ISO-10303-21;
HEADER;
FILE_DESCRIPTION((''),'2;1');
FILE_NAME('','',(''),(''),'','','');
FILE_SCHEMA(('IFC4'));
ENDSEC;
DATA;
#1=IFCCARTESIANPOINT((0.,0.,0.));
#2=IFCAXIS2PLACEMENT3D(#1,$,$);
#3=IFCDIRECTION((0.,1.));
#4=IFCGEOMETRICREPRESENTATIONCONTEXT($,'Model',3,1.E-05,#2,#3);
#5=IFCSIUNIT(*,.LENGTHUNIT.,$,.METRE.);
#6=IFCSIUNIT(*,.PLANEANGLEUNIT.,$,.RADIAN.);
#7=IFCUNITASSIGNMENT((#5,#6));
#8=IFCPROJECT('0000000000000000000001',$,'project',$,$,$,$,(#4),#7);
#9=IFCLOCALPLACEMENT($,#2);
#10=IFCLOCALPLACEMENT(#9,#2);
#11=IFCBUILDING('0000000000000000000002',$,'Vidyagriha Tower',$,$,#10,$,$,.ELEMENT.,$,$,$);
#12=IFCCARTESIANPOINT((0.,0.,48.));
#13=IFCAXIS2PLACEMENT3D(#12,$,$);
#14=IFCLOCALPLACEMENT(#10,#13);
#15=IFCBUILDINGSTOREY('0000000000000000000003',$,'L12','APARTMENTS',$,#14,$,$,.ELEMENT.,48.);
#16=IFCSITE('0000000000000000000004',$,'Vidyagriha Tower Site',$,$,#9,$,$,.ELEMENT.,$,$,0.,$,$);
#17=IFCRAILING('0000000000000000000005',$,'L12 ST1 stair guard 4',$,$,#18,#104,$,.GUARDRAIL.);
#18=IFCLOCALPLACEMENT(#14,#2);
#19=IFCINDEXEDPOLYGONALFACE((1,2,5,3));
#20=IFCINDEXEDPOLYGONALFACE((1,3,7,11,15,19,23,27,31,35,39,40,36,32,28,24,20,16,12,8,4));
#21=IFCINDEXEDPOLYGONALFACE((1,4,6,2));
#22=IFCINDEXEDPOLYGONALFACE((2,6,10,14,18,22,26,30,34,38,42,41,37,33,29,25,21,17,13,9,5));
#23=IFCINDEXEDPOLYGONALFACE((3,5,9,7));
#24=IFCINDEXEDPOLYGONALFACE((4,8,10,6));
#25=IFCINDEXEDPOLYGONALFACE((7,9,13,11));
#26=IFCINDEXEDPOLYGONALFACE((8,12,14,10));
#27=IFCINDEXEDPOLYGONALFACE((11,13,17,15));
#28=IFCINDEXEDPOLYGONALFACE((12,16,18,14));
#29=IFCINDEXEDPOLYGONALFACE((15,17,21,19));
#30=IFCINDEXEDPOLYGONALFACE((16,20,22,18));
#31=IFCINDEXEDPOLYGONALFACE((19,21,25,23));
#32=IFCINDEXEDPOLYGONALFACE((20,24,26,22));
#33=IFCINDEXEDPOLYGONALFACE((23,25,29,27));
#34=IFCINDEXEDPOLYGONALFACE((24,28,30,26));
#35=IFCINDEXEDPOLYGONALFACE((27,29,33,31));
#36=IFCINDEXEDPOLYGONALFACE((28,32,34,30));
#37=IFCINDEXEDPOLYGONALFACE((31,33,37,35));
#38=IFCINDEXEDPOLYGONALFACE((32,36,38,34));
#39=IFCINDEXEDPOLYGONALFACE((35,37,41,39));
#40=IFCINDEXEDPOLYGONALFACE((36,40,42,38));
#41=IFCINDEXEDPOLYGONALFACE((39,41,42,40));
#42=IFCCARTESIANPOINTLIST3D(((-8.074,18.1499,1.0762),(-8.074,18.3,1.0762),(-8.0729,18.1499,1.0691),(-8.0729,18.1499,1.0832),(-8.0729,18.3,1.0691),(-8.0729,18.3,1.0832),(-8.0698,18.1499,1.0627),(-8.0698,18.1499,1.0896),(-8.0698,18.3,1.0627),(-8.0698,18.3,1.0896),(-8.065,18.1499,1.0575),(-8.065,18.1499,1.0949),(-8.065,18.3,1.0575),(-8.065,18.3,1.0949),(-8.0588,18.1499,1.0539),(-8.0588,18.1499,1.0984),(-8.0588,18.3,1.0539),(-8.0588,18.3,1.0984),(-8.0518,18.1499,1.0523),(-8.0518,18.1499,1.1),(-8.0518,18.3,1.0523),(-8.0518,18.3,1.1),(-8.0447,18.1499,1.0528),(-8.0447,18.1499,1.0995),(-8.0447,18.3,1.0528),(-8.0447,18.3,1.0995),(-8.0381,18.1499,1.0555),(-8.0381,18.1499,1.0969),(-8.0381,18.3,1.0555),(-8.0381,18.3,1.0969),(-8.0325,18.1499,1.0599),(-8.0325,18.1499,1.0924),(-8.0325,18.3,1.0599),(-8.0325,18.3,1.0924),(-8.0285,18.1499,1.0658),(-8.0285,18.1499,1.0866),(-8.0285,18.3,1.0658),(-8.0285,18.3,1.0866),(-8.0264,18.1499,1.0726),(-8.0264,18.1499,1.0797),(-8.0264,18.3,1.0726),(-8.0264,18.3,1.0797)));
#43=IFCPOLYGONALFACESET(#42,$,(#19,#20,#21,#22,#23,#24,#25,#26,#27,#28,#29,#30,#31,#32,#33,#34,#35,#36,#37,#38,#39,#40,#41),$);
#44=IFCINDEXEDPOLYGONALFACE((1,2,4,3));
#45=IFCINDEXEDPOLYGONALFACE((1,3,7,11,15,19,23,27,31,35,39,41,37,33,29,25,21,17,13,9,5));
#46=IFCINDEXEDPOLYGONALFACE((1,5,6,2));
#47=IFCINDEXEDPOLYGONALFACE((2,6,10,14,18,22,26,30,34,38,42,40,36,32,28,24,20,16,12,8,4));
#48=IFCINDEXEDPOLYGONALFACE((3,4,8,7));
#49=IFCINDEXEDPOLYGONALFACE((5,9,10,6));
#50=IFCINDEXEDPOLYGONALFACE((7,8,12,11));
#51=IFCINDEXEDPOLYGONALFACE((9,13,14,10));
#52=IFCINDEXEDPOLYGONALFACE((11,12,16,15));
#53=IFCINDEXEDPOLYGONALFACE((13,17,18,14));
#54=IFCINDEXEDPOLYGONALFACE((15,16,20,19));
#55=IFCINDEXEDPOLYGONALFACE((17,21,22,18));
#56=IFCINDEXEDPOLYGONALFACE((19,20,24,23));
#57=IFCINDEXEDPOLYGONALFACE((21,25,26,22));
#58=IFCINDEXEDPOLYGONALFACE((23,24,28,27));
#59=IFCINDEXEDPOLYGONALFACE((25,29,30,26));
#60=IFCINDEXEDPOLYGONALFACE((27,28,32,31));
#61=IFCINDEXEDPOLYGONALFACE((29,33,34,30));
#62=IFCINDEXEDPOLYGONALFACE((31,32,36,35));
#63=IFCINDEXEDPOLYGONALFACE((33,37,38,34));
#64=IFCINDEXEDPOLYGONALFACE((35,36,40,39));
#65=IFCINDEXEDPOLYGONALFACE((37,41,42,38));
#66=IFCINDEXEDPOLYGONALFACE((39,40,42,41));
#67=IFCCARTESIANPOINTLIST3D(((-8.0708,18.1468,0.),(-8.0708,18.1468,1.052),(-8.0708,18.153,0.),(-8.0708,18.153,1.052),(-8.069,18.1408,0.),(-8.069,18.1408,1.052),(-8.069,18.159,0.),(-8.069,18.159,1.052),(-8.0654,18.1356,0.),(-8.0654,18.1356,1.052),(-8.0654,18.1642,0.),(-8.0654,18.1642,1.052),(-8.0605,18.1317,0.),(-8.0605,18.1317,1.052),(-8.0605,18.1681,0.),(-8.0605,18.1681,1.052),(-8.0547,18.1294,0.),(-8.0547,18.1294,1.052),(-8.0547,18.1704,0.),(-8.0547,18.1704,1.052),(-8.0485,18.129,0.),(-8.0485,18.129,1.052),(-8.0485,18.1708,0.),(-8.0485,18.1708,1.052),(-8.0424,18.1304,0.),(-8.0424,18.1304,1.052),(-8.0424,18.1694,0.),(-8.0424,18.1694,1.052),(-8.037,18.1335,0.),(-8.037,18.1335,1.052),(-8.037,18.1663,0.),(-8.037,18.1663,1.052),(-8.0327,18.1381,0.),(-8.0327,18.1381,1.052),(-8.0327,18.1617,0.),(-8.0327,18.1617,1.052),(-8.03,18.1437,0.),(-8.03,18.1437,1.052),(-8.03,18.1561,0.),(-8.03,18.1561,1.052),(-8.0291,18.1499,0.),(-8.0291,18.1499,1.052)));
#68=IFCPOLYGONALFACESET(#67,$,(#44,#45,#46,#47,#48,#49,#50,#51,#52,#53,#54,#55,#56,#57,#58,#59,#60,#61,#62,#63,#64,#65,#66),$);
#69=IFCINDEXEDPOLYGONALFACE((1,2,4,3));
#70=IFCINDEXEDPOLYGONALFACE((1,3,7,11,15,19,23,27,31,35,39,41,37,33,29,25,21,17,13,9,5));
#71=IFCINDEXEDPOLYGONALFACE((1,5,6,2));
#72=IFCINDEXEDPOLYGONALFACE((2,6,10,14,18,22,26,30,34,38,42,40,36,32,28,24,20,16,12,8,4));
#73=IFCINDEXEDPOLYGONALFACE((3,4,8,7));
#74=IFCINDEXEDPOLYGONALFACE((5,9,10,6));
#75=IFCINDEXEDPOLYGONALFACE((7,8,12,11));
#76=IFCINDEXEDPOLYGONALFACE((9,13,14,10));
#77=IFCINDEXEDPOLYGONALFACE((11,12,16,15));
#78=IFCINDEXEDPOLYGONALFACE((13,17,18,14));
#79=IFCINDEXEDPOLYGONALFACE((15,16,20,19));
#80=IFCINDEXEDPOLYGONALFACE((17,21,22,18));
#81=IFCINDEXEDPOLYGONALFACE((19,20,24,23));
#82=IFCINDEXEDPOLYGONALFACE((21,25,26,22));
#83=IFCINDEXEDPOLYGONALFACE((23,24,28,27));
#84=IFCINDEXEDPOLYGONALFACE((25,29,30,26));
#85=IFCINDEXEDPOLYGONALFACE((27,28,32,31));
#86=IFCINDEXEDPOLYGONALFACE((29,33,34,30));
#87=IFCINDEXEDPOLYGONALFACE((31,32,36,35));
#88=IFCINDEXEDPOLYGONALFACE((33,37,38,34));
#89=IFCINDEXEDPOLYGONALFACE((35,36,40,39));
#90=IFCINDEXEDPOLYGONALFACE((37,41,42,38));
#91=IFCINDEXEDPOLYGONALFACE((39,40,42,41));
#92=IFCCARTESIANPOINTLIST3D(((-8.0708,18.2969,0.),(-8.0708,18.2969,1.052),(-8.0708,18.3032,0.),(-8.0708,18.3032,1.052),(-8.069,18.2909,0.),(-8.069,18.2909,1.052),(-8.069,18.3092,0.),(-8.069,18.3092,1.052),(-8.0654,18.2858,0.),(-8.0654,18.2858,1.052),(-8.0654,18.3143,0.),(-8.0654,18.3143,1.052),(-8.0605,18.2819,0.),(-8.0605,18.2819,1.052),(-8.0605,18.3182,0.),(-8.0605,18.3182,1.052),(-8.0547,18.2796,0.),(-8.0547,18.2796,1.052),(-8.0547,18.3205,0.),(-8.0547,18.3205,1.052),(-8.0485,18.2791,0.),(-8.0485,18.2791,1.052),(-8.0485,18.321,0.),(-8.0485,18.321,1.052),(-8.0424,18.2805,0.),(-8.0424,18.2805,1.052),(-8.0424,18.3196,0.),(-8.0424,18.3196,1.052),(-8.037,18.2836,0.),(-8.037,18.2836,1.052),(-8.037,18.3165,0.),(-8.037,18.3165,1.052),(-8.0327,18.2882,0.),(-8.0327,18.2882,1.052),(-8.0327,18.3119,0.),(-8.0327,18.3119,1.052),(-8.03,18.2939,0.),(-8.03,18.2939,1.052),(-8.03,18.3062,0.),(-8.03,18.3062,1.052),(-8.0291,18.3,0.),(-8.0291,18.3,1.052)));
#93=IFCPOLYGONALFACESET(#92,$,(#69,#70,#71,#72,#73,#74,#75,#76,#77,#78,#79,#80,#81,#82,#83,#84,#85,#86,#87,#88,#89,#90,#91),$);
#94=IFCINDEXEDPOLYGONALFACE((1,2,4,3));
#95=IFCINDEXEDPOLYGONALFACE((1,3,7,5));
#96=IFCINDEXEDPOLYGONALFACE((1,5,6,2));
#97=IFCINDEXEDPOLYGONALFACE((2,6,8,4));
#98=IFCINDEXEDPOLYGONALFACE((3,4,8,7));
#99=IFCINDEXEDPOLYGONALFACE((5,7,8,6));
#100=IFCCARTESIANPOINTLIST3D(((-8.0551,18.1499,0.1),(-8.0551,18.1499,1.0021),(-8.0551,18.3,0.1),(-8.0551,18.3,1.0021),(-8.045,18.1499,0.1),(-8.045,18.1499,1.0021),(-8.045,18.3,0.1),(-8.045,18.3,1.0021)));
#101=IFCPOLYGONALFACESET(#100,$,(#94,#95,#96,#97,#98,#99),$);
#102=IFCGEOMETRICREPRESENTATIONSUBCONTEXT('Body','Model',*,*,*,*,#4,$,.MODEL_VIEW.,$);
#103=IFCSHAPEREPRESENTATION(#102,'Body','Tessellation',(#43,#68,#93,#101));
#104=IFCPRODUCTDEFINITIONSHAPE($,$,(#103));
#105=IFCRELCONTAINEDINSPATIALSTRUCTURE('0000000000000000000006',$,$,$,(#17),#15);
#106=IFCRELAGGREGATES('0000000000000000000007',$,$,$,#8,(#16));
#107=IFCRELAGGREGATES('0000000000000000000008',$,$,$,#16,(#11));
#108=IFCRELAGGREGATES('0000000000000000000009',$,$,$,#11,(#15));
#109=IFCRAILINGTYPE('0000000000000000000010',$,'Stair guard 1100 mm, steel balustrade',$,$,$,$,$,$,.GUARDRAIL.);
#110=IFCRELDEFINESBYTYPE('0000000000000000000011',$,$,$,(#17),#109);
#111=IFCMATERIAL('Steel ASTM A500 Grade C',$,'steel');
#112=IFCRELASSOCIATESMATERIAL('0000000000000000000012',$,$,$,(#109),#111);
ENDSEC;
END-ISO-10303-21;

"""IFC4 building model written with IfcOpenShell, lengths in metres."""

from ifc_helpers import new_model, si_unit, direction, frame, origin, origin_2d, place, context, subcontext, project, spatial, rectangle, circle, extrude, material, type_object, element, save


model = new_model("IFC4")

# Units and contexts
model_context = context("Model", 3, precision=1e-05, world=origin(), true_north=direction((0.0, 1.0)))
body_context = subcontext(model_context, "Body", "Model", "MODEL_VIEW")
ifc_project = project(units=[si_unit("LENGTHUNIT", "METRE"), si_unit("PLANEANGLEUNIT", "RADIAN")], contexts=[model_context])

# Site, building, storey
site_placement = place(None, origin())
site = spatial("IfcSite", under=ifc_project, at=site_placement, Name="Vidyagriha Tower Site", CompositionType="ELEMENT", RefElevation=0.0)
building_placement = place(site_placement, origin())
building = spatial("IfcBuilding", under=site, at=building_placement, Name="Vidyagriha Tower", CompositionType="ELEMENT")
storey_placement = place(building_placement, frame((0.0, 0.0, 48.0)))
storey = spatial("IfcBuildingStorey", under=building, at=storey_placement, Name="L12", Description="APARTMENTS", CompositionType="ELEMENT", Elevation=48.0)

# Railing
ifc_material_1 = material(Name="Steel ASTM A500 Grade C", Category="steel")
railing_type_1 = type_object("IfcRailingType", Name="Stair guard 1100 mm, steel balustrade", PredefinedType="GUARDRAIL", material=ifc_material_1)
railing_1_placement = place(storey_placement, frame((-8.05, 18.1499, 0.0)))
element("IfcRailing", 1, at=railing_1_placement, inside=storey, type_object=railing_type_1, Name="L12 ST1 stair guard 4", PredefinedType="GUARDRAIL", context=body_context, shape_type="SweptSolid", body=[
    extrude(circle(Radius=0.0239, at=origin_2d()), frame((0.0, 0.0, 1.0762), z_axis=(0.0, 1.0, 0.0), x_axis=(-1.0, 0.0, 0.0)), (0.0, 0.0, 1.0), 0.1501),
    extrude(circle(Radius=0.021, at=origin_2d()), origin(), (0.0, 0.0, 1.0), 1.052),
    extrude(circle(Radius=0.021, at=origin_2d()), frame((0.0, 0.1501, 0.0)), (0.0, 0.0, 1.0), 1.052),
    extrude(rectangle(XDim=0.01, YDim=0.9021, at=origin_2d()), frame((0.0, 0.0, 0.551), z_axis=(0.0, 1.0, 0.0), x_axis=(-1.0, 0.0, 0.0)), (0.0, 0.0, 1.0), 0.1501),
])

save(model, "model.ifc")
